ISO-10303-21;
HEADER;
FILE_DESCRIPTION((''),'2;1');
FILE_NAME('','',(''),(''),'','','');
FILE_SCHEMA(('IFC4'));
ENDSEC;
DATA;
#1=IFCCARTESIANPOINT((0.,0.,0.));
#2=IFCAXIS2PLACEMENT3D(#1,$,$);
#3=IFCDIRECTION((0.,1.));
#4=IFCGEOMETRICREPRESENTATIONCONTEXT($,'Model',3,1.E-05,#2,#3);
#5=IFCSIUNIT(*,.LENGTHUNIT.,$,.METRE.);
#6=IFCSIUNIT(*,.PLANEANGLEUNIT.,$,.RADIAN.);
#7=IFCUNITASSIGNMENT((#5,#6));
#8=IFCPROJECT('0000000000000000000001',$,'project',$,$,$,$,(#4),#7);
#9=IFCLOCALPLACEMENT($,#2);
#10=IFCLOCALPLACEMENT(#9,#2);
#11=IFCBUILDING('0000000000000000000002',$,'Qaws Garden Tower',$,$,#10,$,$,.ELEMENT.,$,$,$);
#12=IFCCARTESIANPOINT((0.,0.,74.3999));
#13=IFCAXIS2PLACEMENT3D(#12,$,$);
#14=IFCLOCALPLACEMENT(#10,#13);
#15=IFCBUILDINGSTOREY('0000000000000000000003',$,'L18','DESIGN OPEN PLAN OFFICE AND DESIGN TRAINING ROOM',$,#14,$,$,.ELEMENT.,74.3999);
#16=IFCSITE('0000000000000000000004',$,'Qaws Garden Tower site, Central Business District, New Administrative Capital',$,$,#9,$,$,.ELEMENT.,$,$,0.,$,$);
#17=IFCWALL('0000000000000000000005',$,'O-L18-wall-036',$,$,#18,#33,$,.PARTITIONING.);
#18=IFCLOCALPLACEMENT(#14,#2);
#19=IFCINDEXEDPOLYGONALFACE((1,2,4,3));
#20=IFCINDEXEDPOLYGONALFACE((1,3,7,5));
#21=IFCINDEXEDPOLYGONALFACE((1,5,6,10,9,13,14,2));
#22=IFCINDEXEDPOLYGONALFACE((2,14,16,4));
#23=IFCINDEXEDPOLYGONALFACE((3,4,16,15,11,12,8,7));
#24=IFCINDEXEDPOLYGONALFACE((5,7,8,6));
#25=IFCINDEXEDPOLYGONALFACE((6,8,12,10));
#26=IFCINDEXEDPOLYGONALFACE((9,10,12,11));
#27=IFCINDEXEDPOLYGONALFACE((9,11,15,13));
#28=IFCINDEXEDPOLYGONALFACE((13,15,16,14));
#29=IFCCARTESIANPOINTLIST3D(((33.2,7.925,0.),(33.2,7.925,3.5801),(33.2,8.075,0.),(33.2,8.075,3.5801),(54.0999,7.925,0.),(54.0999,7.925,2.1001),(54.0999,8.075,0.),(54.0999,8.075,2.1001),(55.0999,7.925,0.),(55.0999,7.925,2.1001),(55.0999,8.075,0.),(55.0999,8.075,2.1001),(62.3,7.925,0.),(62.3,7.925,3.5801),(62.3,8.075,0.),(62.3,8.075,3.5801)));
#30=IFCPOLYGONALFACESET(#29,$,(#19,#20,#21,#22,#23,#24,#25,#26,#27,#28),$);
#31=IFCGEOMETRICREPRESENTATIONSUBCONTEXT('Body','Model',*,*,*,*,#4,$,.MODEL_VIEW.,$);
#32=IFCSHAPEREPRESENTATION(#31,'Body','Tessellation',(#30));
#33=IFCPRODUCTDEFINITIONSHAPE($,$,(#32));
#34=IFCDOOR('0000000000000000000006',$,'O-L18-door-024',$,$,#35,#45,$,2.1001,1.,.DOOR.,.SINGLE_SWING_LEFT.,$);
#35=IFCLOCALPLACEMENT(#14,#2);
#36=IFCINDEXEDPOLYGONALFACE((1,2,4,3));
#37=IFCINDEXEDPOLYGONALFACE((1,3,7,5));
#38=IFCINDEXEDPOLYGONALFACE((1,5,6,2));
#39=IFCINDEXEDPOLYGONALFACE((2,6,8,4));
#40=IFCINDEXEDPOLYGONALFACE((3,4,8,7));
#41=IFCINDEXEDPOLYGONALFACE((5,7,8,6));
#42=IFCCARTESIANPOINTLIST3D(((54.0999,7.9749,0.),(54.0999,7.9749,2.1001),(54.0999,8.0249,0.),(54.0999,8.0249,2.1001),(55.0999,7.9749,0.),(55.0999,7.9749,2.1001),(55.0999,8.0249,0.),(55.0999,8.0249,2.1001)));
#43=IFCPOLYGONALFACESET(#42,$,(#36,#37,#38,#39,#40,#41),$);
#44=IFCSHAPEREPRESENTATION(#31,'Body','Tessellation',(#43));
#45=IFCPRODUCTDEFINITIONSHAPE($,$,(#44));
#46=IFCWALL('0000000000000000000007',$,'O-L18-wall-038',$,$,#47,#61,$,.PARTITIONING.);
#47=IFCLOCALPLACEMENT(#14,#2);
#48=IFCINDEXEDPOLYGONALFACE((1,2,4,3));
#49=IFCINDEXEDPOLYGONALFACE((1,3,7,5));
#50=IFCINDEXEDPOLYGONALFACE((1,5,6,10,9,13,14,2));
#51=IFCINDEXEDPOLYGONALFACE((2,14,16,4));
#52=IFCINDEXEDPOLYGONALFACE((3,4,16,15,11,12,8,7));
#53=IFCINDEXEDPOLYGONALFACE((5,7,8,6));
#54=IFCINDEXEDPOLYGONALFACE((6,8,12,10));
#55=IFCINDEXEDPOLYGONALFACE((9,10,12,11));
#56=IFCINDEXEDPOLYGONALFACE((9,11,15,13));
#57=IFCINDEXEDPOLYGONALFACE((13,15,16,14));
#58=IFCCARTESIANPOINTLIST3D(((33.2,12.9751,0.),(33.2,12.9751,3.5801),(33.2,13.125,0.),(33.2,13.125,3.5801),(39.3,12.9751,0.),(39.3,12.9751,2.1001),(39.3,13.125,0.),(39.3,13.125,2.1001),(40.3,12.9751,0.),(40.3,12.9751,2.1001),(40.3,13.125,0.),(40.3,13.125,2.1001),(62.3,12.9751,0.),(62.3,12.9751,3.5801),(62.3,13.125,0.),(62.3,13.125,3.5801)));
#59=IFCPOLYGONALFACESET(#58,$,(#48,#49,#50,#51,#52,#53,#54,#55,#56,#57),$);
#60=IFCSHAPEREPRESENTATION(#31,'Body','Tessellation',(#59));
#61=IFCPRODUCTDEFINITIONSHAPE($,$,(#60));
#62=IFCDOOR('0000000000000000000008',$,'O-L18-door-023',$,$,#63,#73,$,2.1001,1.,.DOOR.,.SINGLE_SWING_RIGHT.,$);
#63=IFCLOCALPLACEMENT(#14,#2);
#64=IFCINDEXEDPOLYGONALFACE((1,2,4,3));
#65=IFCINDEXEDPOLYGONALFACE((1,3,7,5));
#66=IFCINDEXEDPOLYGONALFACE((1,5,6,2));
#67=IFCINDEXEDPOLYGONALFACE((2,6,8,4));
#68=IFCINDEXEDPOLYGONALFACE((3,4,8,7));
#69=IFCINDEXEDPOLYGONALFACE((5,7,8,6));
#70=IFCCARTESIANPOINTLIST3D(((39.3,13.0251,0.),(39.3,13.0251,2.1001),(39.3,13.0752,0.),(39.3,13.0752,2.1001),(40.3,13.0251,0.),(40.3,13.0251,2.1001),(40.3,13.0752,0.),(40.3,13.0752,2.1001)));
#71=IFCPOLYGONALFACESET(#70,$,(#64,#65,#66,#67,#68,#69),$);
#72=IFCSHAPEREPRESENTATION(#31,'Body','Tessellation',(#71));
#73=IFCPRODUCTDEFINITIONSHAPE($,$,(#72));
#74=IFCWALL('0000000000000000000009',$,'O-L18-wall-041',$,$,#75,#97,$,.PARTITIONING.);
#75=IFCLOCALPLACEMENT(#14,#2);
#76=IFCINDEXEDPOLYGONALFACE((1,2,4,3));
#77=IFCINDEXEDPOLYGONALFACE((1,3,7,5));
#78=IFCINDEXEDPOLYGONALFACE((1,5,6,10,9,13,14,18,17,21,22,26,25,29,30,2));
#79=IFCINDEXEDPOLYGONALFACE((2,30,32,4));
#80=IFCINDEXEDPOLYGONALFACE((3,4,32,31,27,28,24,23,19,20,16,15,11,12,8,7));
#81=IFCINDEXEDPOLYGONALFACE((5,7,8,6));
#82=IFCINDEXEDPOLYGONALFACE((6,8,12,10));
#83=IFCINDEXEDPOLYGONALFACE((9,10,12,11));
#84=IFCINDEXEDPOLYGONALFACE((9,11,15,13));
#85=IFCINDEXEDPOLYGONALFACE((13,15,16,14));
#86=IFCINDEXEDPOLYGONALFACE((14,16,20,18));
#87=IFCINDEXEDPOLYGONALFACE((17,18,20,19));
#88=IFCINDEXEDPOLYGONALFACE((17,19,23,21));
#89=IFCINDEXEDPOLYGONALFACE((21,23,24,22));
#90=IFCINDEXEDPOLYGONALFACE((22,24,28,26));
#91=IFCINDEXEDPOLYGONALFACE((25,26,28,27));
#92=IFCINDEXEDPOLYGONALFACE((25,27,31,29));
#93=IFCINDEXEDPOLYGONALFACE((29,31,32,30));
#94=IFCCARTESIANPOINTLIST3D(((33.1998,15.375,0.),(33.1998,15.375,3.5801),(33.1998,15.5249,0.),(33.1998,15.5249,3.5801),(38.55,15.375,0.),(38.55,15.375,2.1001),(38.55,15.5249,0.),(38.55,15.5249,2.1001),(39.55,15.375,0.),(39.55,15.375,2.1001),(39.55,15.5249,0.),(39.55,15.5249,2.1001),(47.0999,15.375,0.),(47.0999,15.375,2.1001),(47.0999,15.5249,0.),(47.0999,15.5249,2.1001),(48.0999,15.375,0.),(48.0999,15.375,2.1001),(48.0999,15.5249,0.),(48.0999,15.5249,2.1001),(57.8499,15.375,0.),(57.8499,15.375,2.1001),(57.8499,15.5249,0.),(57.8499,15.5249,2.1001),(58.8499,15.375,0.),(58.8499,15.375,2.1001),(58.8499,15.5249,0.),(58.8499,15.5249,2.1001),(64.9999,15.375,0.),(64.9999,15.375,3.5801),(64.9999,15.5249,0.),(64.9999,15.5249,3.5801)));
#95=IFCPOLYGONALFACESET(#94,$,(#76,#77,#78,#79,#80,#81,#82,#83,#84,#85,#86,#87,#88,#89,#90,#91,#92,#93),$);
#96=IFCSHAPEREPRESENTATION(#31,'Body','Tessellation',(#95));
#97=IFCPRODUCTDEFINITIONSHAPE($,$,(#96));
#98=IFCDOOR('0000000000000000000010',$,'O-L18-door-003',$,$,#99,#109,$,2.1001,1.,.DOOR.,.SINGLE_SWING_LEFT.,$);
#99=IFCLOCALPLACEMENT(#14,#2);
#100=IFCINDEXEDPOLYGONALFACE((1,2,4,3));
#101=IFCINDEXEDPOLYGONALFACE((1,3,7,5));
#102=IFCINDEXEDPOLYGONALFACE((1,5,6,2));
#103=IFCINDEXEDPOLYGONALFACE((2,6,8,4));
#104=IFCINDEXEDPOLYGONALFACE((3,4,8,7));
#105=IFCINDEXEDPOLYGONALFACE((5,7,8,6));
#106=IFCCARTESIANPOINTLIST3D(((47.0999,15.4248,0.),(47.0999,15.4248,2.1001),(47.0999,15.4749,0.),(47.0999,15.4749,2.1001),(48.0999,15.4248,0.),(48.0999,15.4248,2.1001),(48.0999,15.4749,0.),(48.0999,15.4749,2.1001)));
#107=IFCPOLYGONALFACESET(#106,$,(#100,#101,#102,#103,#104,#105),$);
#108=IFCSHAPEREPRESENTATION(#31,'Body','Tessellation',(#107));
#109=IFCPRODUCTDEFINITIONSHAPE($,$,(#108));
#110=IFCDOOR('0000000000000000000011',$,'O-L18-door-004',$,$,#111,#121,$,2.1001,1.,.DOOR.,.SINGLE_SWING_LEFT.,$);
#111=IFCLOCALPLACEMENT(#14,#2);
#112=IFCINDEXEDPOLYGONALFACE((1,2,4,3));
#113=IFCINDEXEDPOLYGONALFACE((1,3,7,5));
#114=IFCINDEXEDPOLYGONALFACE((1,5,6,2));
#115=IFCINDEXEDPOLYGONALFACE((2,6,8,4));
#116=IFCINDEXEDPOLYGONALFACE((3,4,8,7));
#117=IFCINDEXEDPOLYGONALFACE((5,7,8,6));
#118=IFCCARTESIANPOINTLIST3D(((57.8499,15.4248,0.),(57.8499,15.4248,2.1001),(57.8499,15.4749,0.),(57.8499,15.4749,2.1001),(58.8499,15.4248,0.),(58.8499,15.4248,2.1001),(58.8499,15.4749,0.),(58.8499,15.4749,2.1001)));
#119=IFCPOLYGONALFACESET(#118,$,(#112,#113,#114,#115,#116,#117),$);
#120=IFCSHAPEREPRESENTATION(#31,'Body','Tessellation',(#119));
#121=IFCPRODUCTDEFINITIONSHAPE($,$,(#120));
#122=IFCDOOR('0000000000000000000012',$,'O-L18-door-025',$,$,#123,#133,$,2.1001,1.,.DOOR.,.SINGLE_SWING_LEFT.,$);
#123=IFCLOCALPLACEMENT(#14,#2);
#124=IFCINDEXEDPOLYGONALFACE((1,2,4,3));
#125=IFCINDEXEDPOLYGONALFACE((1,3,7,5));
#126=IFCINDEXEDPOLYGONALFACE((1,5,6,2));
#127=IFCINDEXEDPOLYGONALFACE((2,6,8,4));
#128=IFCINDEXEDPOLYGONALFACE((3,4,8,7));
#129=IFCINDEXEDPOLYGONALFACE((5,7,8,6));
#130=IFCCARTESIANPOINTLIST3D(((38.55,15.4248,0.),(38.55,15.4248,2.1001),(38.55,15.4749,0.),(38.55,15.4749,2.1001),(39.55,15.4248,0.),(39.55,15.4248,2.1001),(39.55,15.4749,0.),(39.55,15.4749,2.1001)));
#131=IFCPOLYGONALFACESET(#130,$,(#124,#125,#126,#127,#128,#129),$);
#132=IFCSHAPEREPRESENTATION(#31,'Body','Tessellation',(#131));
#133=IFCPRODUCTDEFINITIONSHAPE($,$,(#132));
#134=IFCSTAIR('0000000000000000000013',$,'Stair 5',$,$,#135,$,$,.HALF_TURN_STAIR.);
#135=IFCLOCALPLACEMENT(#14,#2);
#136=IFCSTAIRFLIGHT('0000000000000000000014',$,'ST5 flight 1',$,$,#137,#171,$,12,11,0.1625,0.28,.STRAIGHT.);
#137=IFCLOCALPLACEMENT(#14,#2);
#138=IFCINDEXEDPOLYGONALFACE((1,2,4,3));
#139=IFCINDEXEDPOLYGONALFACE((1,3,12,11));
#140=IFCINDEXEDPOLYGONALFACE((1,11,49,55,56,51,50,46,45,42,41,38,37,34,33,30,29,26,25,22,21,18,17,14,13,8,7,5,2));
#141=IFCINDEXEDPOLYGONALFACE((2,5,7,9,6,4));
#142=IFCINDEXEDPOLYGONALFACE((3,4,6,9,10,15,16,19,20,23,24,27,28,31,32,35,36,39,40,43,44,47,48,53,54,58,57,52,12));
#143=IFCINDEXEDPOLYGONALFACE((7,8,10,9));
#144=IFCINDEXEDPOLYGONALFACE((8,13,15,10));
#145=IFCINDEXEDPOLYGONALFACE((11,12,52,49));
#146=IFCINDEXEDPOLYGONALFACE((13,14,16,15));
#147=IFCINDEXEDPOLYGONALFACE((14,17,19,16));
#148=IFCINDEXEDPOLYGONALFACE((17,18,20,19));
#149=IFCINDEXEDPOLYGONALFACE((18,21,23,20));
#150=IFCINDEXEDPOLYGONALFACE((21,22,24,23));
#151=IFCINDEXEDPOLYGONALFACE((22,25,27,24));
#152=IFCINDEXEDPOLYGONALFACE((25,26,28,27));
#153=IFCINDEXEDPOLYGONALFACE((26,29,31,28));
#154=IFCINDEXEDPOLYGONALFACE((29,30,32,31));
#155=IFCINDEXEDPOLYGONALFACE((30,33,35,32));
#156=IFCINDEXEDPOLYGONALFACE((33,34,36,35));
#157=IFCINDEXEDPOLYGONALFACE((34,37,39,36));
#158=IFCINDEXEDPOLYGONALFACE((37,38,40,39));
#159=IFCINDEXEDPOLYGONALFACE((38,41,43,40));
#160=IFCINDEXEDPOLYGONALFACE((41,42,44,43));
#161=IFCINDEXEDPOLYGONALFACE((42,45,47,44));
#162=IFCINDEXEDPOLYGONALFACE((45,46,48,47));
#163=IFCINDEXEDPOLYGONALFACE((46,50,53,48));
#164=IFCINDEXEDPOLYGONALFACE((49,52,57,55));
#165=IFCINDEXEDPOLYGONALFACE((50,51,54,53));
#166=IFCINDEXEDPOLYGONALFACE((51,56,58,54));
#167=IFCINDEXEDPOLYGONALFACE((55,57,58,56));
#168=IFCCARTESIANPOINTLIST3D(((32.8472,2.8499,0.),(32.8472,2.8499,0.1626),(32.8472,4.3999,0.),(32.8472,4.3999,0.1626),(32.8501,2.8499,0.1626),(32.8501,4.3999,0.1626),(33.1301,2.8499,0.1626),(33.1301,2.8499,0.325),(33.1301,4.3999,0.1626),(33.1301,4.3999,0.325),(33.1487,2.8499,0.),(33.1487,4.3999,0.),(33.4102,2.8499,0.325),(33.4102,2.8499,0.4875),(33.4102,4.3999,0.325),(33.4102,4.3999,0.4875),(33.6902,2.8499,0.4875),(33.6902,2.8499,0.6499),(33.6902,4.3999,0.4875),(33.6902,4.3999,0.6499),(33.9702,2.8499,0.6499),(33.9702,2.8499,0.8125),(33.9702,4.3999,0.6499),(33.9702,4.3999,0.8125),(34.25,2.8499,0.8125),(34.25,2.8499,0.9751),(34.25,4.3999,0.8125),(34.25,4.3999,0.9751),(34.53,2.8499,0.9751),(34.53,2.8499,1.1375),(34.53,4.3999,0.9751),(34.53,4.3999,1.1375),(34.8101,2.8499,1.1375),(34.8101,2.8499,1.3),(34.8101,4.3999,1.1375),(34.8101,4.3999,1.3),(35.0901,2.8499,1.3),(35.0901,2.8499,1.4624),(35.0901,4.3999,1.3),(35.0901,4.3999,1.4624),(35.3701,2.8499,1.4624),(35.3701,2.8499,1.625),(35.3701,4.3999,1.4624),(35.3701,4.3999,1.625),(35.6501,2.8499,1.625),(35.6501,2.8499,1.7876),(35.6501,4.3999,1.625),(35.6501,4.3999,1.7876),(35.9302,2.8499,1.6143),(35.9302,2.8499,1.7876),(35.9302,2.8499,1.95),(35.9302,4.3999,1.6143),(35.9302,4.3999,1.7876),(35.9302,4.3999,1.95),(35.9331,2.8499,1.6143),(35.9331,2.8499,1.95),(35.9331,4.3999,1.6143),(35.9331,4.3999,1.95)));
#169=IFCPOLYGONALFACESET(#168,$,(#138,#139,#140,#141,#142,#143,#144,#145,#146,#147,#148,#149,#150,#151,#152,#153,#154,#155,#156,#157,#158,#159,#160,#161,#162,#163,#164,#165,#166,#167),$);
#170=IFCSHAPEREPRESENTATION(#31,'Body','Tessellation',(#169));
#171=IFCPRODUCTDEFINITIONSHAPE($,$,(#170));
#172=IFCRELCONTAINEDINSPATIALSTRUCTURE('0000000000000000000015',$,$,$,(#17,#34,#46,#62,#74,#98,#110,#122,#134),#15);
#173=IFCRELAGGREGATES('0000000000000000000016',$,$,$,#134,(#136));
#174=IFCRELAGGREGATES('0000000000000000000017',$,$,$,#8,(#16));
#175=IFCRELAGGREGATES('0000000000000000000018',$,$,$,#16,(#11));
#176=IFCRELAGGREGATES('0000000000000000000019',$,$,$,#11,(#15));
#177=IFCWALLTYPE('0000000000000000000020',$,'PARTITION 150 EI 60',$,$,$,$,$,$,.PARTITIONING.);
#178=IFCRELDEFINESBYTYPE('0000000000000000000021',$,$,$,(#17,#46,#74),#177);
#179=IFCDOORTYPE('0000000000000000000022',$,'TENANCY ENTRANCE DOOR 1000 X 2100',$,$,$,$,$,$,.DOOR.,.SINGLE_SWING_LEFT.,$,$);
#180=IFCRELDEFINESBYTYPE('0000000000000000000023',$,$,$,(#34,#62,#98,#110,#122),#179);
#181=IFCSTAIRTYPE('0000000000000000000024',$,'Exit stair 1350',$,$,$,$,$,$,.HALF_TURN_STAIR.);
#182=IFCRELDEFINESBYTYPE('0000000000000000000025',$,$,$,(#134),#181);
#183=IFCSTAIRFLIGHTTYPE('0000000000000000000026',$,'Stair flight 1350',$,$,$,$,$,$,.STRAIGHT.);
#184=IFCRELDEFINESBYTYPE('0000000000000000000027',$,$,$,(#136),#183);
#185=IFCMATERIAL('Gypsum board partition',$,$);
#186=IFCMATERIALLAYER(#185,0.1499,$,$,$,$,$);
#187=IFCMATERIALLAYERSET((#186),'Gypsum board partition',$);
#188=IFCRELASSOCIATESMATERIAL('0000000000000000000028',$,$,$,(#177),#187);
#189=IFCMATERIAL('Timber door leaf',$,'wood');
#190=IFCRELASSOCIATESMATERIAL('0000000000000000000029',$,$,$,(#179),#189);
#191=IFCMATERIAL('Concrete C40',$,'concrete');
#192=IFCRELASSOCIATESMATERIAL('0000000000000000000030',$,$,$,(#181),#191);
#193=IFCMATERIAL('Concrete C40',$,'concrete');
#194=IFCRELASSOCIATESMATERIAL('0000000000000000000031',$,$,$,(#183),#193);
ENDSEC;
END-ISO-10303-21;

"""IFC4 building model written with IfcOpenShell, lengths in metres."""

from ifc_helpers import new_model, si_unit, direction, frame, frame_2d, origin, place, context, subcontext, project, spatial, polyline, rectangle, outline, extrude, material, layer, layer_set, type_object, element, fill, aggregate, save


model = new_model("IFC4")

# Units and contexts
model_context = context("Model", 3, precision=1e-05, world=origin(), true_north=direction((0.0, 1.0)))
body_context = subcontext(model_context, "Body", "Model", "MODEL_VIEW")
ifc_project = project(units=[si_unit("LENGTHUNIT", "METRE"), si_unit("PLANEANGLEUNIT", "RADIAN")], contexts=[model_context])

# Site, building, storey
site_placement = place(None, origin())
site = spatial("IfcSite", under=ifc_project, at=site_placement, Name="Qaws Garden Tower site, Central Business District, New Administrative Capital", CompositionType="ELEMENT", RefElevation=0.0)
building_placement = place(site_placement, origin())
building = spatial("IfcBuilding", under=site, at=building_placement, Name="Qaws Garden Tower", CompositionType="ELEMENT")
storey_placement = place(building_placement, frame((0.0, 0.0, 74.3999)))
storey = spatial("IfcBuildingStorey", under=building, at=storey_placement, Name="L18", Description="DESIGN OPEN PLAN OFFICE AND DESIGN TRAINING ROOM", CompositionType="ELEMENT", Elevation=74.3999)

# Shared definitions
ifc_material_1 = material(Name="Gypsum board partition")
ifc_layer_1 = layer(ifc_material_1, 0.1499)
ifc_layer_set_1 = layer_set([ifc_layer_1], Name="Gypsum board partition")
wall_type_1 = type_object("IfcWallType", Name="PARTITION 150 EI 60", PredefinedType="PARTITIONING", material=ifc_layer_set_1)

# Shared definitions
ifc_material_2 = material(Name="Timber door leaf", Category="wood")
door_type_1 = type_object("IfcDoorType", Name="TENANCY ENTRANCE DOOR 1000 X 2100", OperationType="SINGLE_SWING_LEFT", PredefinedType="DOOR", material=ifc_material_2)

# Walls, openings, doors
wall_1_placement = place(storey_placement, frame((33.2, 8.0, 0.0), z_axis=(0.0, 0.0, 1.0), x_axis=(1.0, 0.0, 0.0)))
wall_1 = element("IfcWall", 1, at=wall_1_placement, inside=storey, type_object=wall_type_1, Name="O-L18-wall-036", PredefinedType="PARTITIONING", context=body_context, shape_type="SweptSolid", body=[
    extrude(rectangle(XDim=29.1001, YDim=0.1499, at=frame_2d((14.55, 0.0))), origin(), (0.0, 0.0, 1.0), 3.5801),
])
opening_1_placement = place(wall_1_placement, frame((20.8999, 0.0, 0.0)))
opening_1 = element("IfcOpeningElement", 2, at=opening_1_placement, cuts=wall_1, PredefinedType="OPENING", context=body_context, shape_type="SweptSolid", body=[
    extrude(rectangle(XDim=1.0, YDim=2.1001, at=frame_2d((0.5, 1.05))), frame((0.0, 0.085, 0.0), z_axis=(0.0, -1.0, 0.0), x_axis=(1.0, 0.0, 0.0)), (0.0, 0.0, 1.0), 0.1699),
])
door_1_placement = place(opening_1_placement, origin())
door_1 = element("IfcDoor", 3, at=door_1_placement, inside=storey, type_object=door_type_1, Name="O-L18-door-024", OperationType="SINGLE_SWING_LEFT", OverallHeight=2.1001, OverallWidth=1.0, PredefinedType="DOOR", context=body_context, shape_type="SweptSolid", body=[
    extrude(rectangle(XDim=1.0, YDim=2.1001, at=frame_2d((0.5, 1.05))), frame((0.0, 0.0249, 0.0), z_axis=(0.0, -1.0, 0.0), x_axis=(1.0, 0.0, 0.0)), (0.0, 0.0, 1.0), 0.05),
])
fill(opening_1, door_1)
wall_2_placement = place(storey_placement, frame((33.2, 13.05, 0.0), z_axis=(0.0, 0.0, 1.0), x_axis=(1.0, 0.0, 0.0)))
wall_2 = element("IfcWall", 4, at=wall_2_placement, inside=storey, type_object=wall_type_1, Name="O-L18-wall-038", PredefinedType="PARTITIONING", context=body_context, shape_type="SweptSolid", body=[
    extrude(rectangle(XDim=29.1001, YDim=0.1499, at=frame_2d((14.55, 0.0))), origin(), (0.0, 0.0, 1.0), 3.5801),
])
opening_2_placement = place(wall_2_placement, frame((6.1001, 0.0, 0.0)))
opening_2 = element("IfcOpeningElement", 5, at=opening_2_placement, cuts=wall_2, PredefinedType="OPENING", context=body_context, shape_type="SweptSolid", body=[
    extrude(rectangle(XDim=1.0, YDim=2.1001, at=frame_2d((0.5, 1.05))), frame((0.0, 0.085, 0.0), z_axis=(0.0, -1.0, 0.0), x_axis=(1.0, 0.0, 0.0)), (0.0, 0.0, 1.0), 0.1699),
])
door_2_placement = place(opening_2_placement, frame((1.0, 0.0, 0.0), z_axis=(0.0, 0.0, 1.0), x_axis=(-1.0, 0.0, 0.0)))
door_2 = element("IfcDoor", 6, at=door_2_placement, inside=storey, type_object=door_type_1, Name="O-L18-door-023", OperationType="SINGLE_SWING_RIGHT", OverallHeight=2.1001, OverallWidth=1.0, PredefinedType="DOOR", context=body_context, shape_type="SweptSolid", body=[
    extrude(rectangle(XDim=1.0, YDim=2.1001, at=frame_2d((0.5, 1.05))), frame((0.0, 0.0249, 0.0), z_axis=(0.0, -1.0, 0.0), x_axis=(1.0, 0.0, 0.0)), (0.0, 0.0, 1.0), 0.05),
])
fill(opening_2, door_2)

# Wall, openings, doors
wall_3_placement = place(storey_placement, frame((33.2, 15.45, 0.0), z_axis=(0.0, 0.0, 1.0), x_axis=(1.0, 0.0, 0.0)))
wall_3 = element("IfcWall", 7, at=wall_3_placement, inside=storey, type_object=wall_type_1, Name="O-L18-wall-041", PredefinedType="PARTITIONING", context=body_context, shape_type="SweptSolid", body=[
    extrude(rectangle(XDim=31.8, YDim=0.1499, at=frame_2d((15.8999, 0.0))), origin(), (0.0, 0.0, 1.0), 3.5801),
])
opening_3_placement = place(wall_3_placement, frame((13.8999, 0.0, 0.0)))
opening_3 = element("IfcOpeningElement", 8, at=opening_3_placement, cuts=wall_3, PredefinedType="OPENING", context=body_context, shape_type="SweptSolid", body=[
    extrude(rectangle(XDim=1.0, YDim=2.1001, at=frame_2d((0.5, 1.05))), frame((0.0, 0.085, 0.0), z_axis=(0.0, -1.0, 0.0), x_axis=(1.0, 0.0, 0.0)), (0.0, 0.0, 1.0), 0.1699),
])
opening_4_placement = place(wall_3_placement, frame((24.6499, 0.0, 0.0)))
opening_4 = element("IfcOpeningElement", 9, at=opening_4_placement, cuts=wall_3, PredefinedType="OPENING", context=body_context, shape_type="SweptSolid", body=[
    extrude(rectangle(XDim=1.0, YDim=2.1001, at=frame_2d((0.5, 1.05))), frame((0.0, 0.085, 0.0), z_axis=(0.0, -1.0, 0.0), x_axis=(1.0, 0.0, 0.0)), (0.0, 0.0, 1.0), 0.1699),
])
opening_5_placement = place(wall_3_placement, frame((5.3501, 0.0, 0.0)))
opening_5 = element("IfcOpeningElement", 10, at=opening_5_placement, cuts=wall_3, PredefinedType="OPENING", context=body_context, shape_type="SweptSolid", body=[
    extrude(rectangle(XDim=1.0, YDim=2.1001, at=frame_2d((0.5, 1.05))), frame((0.0, 0.085, 0.0), z_axis=(0.0, -1.0, 0.0), x_axis=(1.0, 0.0, 0.0)), (0.0, 0.0, 1.0), 0.1699),
])
door_3_placement = place(opening_3_placement, origin())
door_3 = element("IfcDoor", 11, at=door_3_placement, inside=storey, type_object=door_type_1, Name="O-L18-door-003", OperationType="SINGLE_SWING_LEFT", OverallHeight=2.1001, OverallWidth=1.0, PredefinedType="DOOR", context=body_context, shape_type="SweptSolid", body=[
    extrude(rectangle(XDim=1.0, YDim=2.1001, at=frame_2d((0.5, 1.05))), frame((0.0, 0.0249, 0.0), z_axis=(0.0, -1.0, 0.0), x_axis=(1.0, 0.0, 0.0)), (0.0, 0.0, 1.0), 0.05),
])
fill(opening_3, door_3)
door_4_placement = place(opening_4_placement, origin())
door_4 = element("IfcDoor", 12, at=door_4_placement, inside=storey, type_object=door_type_1, Name="O-L18-door-004", OperationType="SINGLE_SWING_LEFT", OverallHeight=2.1001, OverallWidth=1.0, PredefinedType="DOOR", context=body_context, shape_type="SweptSolid", body=[
    extrude(rectangle(XDim=1.0, YDim=2.1001, at=frame_2d((0.5, 1.05))), frame((0.0, 0.0249, 0.0), z_axis=(0.0, -1.0, 0.0), x_axis=(1.0, 0.0, 0.0)), (0.0, 0.0, 1.0), 0.05),
])
fill(opening_4, door_4)
door_5_placement = place(opening_5_placement, origin())
door_5 = element("IfcDoor", 13, at=door_5_placement, inside=storey, type_object=door_type_1, Name="O-L18-door-025", OperationType="SINGLE_SWING_LEFT", OverallHeight=2.1001, OverallWidth=1.0, PredefinedType="DOOR", context=body_context, shape_type="SweptSolid", body=[
    extrude(rectangle(XDim=1.0, YDim=2.1001, at=frame_2d((0.5, 1.05))), frame((0.0, 0.0249, 0.0), z_axis=(0.0, -1.0, 0.0), x_axis=(1.0, 0.0, 0.0)), (0.0, 0.0, 1.0), 0.05),
])
fill(opening_5, door_5)

# Stair, stair flight
ifc_material_3 = material(Name="Concrete C40", Category="concrete")
stair_type = type_object("IfcStairType", Name="Exit stair 1350", PredefinedType="HALF_TURN_STAIR", material=ifc_material_3)
stair_placement = place(storey_placement, origin())
stair = element("IfcStair", 14, at=stair_placement, inside=storey, type_object=stair_type, Name="Stair 5", PredefinedType="HALF_TURN_STAIR")
ifc_material_4 = material(Name="Concrete C40", Category="concrete")
stair_flight_type = type_object("IfcStairFlightType", Name="Stair flight 1350", PredefinedType="STRAIGHT", material=ifc_material_4)
stair_flight_1_placement = place(storey_placement, frame((32.8501, 3.625, 0.0), z_axis=(0.0, 0.0, 1.0), x_axis=(1.0, 0.0, 0.0)))
stair_flight_1 = element("IfcStairFlight", 15, at=stair_flight_1_placement, type_object=stair_flight_type, Name="ST5 flight 1", NumberOfRisers=12, NumberOfTreads=11, PredefinedType="STRAIGHT", RiserHeight=0.1625, TreadLength=0.28, context=body_context, shape_type="SweptSolid", body=[
    extrude(outline(polyline([(-0.0029, 0.0), (-0.0029, 0.1626), (0.0, 0.1626), (0.28, 0.1626), (0.28, 0.325), (0.5601, 0.325), (0.5601, 0.4875), (0.8401, 0.4875), (0.8401, 0.6499), (1.1201, 0.6499), (1.1201, 0.8125), (1.3999, 0.8125), (1.3999, 0.9751), (1.6799, 0.9751), (1.6799, 1.1375), (1.96, 1.1375), (1.96, 1.3), (2.24, 1.3), (2.24, 1.4624), (2.52, 1.4624), (2.52, 1.625), (2.8, 1.625), (2.8, 1.7876), (3.0801, 1.7876), (3.0801, 1.95), (3.083, 1.95), (3.083, 1.6143), (3.0801, 1.6143), (0.2986, 0.0), (-0.0029, 0.0)])), frame((0.0, 0.7749, 0.0), z_axis=(0.0, -1.0, 0.0), x_axis=(1.0, 0.0, 0.0)), (0.0, 0.0, 1.0), 1.55),
])
aggregate(stair, [stair_flight_1])

save(model, "model.ifc")
